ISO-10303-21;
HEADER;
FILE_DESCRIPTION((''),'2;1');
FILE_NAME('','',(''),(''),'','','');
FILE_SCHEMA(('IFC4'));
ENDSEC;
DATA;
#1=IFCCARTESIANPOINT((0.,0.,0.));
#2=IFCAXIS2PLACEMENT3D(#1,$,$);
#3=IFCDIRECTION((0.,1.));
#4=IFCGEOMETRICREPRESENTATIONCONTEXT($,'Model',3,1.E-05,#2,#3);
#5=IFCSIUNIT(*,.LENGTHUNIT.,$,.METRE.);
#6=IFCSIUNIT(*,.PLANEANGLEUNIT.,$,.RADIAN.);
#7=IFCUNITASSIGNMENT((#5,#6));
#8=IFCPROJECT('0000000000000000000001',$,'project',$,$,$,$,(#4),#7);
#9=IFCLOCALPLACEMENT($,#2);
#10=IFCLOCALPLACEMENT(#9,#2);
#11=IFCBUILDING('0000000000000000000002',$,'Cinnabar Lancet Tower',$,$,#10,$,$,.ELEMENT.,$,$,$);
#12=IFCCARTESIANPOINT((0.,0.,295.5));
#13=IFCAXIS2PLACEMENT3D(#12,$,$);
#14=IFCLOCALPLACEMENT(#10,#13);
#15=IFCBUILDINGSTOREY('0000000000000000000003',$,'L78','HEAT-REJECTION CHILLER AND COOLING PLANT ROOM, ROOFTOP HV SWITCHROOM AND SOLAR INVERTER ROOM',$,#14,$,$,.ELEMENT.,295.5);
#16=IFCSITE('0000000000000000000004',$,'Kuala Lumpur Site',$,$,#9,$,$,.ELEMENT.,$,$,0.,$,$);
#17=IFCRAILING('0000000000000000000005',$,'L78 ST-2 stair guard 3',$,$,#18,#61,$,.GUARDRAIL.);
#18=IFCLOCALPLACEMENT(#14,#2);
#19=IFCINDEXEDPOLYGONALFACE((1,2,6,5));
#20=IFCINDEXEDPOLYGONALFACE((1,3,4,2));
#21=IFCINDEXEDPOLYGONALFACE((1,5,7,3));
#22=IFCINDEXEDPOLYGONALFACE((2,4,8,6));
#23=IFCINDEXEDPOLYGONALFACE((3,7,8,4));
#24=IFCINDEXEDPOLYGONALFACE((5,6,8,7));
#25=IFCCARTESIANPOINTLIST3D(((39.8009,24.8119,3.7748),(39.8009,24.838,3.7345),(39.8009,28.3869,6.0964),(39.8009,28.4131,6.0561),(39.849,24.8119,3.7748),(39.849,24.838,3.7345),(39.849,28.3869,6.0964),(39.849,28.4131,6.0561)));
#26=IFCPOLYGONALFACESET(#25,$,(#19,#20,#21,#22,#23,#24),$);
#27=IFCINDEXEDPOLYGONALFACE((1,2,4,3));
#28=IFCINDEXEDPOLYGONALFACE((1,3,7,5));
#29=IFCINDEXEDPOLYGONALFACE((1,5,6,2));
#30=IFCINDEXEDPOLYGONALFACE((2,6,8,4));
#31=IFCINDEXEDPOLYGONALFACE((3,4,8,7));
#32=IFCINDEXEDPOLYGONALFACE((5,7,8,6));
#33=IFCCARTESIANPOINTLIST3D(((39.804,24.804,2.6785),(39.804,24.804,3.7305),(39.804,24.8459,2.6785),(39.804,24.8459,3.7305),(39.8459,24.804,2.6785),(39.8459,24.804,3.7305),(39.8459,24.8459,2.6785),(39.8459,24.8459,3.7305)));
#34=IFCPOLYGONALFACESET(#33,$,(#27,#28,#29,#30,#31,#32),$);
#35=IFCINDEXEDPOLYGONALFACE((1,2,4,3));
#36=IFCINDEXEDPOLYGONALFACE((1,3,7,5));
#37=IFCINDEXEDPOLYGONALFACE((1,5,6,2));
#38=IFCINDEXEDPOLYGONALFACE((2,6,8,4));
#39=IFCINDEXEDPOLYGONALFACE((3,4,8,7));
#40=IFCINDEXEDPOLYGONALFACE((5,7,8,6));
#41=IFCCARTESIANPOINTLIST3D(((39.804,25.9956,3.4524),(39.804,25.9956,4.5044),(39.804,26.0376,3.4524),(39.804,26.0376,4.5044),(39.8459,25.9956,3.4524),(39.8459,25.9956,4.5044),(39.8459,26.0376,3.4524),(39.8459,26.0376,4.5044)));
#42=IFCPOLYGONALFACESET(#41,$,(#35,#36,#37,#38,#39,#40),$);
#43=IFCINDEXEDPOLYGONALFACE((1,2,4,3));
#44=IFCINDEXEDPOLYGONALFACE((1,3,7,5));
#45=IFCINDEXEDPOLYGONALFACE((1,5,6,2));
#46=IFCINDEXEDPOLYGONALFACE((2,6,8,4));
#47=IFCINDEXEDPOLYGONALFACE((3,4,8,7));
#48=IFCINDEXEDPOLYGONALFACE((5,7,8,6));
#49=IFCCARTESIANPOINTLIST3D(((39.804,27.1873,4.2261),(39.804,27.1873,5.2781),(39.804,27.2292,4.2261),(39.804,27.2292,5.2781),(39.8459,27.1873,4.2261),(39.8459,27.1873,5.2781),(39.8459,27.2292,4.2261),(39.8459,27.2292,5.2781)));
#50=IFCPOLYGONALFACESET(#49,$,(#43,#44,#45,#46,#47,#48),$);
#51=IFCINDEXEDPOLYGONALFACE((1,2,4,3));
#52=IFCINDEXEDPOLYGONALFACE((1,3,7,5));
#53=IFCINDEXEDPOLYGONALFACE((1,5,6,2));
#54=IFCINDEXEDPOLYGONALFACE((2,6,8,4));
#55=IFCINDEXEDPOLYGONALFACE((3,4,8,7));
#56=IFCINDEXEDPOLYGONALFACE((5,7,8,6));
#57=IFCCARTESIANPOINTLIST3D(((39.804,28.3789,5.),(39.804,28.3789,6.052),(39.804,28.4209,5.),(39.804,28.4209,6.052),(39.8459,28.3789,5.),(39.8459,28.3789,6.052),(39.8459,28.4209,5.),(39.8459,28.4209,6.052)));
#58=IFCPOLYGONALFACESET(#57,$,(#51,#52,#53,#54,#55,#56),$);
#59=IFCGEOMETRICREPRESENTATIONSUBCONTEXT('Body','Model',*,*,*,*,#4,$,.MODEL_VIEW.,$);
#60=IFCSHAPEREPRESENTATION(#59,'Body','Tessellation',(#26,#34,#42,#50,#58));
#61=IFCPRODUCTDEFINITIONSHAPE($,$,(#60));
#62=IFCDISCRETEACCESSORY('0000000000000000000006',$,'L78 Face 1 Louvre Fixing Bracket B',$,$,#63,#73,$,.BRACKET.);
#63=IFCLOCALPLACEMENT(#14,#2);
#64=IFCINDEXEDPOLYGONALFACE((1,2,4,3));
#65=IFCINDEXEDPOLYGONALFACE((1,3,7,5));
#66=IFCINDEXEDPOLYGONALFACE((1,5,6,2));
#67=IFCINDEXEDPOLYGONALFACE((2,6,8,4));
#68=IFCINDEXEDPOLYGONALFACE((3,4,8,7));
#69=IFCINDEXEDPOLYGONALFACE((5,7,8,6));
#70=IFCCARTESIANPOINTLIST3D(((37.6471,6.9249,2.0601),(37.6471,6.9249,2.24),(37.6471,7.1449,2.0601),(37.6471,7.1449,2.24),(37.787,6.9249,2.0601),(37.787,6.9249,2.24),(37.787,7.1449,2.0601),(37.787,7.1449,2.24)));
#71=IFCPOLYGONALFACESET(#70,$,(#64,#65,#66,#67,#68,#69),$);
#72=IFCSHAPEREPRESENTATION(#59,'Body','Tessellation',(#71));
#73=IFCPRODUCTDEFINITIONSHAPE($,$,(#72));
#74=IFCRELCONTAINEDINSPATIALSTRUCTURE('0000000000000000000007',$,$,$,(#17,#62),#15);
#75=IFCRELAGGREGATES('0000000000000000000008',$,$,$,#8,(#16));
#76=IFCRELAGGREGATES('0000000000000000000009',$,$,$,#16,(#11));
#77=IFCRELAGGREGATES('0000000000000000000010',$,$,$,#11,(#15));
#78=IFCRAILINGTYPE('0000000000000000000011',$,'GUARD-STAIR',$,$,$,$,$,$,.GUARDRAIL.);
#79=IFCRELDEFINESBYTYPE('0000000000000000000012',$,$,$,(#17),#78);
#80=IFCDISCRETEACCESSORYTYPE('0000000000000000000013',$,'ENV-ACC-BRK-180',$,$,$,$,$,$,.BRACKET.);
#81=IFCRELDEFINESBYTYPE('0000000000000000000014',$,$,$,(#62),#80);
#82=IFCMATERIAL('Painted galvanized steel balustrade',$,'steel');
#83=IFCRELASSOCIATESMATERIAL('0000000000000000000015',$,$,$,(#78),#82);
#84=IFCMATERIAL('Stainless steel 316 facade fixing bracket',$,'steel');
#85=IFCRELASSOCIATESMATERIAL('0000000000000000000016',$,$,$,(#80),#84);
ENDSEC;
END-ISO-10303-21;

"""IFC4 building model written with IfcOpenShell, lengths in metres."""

from ifc_helpers import new_model, si_unit, direction, frame, origin, origin_2d, place, context, subcontext, project, spatial, rectangle, extrude, material, type_object, element, save


model = new_model("IFC4")

# Units and contexts
model_context = context("Model", 3, precision=1e-05, world=origin(), true_north=direction((0.0, 1.0)))
body_context = subcontext(model_context, "Body", "Model", "MODEL_VIEW")
ifc_project = project(units=[si_unit("LENGTHUNIT", "METRE"), si_unit("PLANEANGLEUNIT", "RADIAN")], contexts=[model_context])

# Site, building, storey
site_placement = place(None, origin())
site = spatial("IfcSite", under=ifc_project, at=site_placement, Name="Kuala Lumpur Site", CompositionType="ELEMENT", RefElevation=0.0)
building_placement = place(site_placement, origin())
building = spatial("IfcBuilding", under=site, at=building_placement, Name="Cinnabar Lancet Tower", CompositionType="ELEMENT")
storey_placement = place(building_placement, frame((0.0, 0.0, 295.5)))
storey = spatial("IfcBuildingStorey", under=building, at=storey_placement, Name="L78", Description="HEAT-REJECTION CHILLER AND COOLING PLANT ROOM, ROOFTOP HV SWITCHROOM AND SOLAR INVERTER ROOM", CompositionType="ELEMENT", Elevation=295.5)

# Railing
ifc_material_1 = material(Name="Painted galvanized steel balustrade", Category="steel")
railing_type = type_object("IfcRailingType", Name="GUARD-STAIR", PredefinedType="GUARDRAIL", material=ifc_material_1)
railing_1_placement = place(storey_placement, frame((39.825, 24.825, 2.6785)))
element("IfcRailing", 1, at=railing_1_placement, inside=storey, type_object=railing_type, Name="L78 ST-2 stair guard 3", PredefinedType="GUARDRAIL", context=body_context, shape_type="SweptSolid", body=[
    extrude(rectangle(XDim=0.0481, YDim=0.0481, at=origin_2d()), frame((0.0, 0.0, 1.0762), z_axis=(0.0, 0.838678, 0.544628), x_axis=(-1.0, 0.0, 0.0)), (0.0, 0.0, 1.0), 4.2627),
    extrude(rectangle(XDim=0.042, YDim=0.042, at=origin_2d()), origin(), (0.0, 0.0, 1.0), 1.052),
    extrude(rectangle(XDim=0.042, YDim=0.042, at=origin_2d()), frame((0.0, 1.1917, 0.7739)), (0.0, 0.0, 1.0), 1.052),
    extrude(rectangle(XDim=0.042, YDim=0.042, at=origin_2d()), frame((0.0, 2.3833, 1.5476)), (0.0, 0.0, 1.0), 1.052),
    extrude(rectangle(XDim=0.042, YDim=0.042, at=origin_2d()), frame((0.0, 3.575, 2.3215)), (0.0, 0.0, 1.0), 1.052),
])

# Discrete accessory
ifc_material_2 = material(Name="Stainless steel 316 facade fixing bracket", Category="steel")
discrete_accessory_type = type_object("IfcDiscreteAccessoryType", Name="ENV-ACC-BRK-180", PredefinedType="BRACKET", material=ifc_material_2)
discrete_accessory_placement = place(storey_placement, frame((37.717, 7.0349, 2.0601), z_axis=(0.0, 0.0, 1.0), x_axis=(1.0, 0.0, 0.0)))
element("IfcDiscreteAccessory", 2, at=discrete_accessory_placement, inside=storey, type_object=discrete_accessory_type, Name="L78 Face 1 Louvre Fixing Bracket B", PredefinedType="BRACKET", context=body_context, shape_type="SweptSolid", body=[
    extrude(rectangle(XDim=0.1399, YDim=0.22, at=origin_2d()), origin(), (0.0, 0.0, 1.0), 0.1799),
])

save(model, "model.ifc")
